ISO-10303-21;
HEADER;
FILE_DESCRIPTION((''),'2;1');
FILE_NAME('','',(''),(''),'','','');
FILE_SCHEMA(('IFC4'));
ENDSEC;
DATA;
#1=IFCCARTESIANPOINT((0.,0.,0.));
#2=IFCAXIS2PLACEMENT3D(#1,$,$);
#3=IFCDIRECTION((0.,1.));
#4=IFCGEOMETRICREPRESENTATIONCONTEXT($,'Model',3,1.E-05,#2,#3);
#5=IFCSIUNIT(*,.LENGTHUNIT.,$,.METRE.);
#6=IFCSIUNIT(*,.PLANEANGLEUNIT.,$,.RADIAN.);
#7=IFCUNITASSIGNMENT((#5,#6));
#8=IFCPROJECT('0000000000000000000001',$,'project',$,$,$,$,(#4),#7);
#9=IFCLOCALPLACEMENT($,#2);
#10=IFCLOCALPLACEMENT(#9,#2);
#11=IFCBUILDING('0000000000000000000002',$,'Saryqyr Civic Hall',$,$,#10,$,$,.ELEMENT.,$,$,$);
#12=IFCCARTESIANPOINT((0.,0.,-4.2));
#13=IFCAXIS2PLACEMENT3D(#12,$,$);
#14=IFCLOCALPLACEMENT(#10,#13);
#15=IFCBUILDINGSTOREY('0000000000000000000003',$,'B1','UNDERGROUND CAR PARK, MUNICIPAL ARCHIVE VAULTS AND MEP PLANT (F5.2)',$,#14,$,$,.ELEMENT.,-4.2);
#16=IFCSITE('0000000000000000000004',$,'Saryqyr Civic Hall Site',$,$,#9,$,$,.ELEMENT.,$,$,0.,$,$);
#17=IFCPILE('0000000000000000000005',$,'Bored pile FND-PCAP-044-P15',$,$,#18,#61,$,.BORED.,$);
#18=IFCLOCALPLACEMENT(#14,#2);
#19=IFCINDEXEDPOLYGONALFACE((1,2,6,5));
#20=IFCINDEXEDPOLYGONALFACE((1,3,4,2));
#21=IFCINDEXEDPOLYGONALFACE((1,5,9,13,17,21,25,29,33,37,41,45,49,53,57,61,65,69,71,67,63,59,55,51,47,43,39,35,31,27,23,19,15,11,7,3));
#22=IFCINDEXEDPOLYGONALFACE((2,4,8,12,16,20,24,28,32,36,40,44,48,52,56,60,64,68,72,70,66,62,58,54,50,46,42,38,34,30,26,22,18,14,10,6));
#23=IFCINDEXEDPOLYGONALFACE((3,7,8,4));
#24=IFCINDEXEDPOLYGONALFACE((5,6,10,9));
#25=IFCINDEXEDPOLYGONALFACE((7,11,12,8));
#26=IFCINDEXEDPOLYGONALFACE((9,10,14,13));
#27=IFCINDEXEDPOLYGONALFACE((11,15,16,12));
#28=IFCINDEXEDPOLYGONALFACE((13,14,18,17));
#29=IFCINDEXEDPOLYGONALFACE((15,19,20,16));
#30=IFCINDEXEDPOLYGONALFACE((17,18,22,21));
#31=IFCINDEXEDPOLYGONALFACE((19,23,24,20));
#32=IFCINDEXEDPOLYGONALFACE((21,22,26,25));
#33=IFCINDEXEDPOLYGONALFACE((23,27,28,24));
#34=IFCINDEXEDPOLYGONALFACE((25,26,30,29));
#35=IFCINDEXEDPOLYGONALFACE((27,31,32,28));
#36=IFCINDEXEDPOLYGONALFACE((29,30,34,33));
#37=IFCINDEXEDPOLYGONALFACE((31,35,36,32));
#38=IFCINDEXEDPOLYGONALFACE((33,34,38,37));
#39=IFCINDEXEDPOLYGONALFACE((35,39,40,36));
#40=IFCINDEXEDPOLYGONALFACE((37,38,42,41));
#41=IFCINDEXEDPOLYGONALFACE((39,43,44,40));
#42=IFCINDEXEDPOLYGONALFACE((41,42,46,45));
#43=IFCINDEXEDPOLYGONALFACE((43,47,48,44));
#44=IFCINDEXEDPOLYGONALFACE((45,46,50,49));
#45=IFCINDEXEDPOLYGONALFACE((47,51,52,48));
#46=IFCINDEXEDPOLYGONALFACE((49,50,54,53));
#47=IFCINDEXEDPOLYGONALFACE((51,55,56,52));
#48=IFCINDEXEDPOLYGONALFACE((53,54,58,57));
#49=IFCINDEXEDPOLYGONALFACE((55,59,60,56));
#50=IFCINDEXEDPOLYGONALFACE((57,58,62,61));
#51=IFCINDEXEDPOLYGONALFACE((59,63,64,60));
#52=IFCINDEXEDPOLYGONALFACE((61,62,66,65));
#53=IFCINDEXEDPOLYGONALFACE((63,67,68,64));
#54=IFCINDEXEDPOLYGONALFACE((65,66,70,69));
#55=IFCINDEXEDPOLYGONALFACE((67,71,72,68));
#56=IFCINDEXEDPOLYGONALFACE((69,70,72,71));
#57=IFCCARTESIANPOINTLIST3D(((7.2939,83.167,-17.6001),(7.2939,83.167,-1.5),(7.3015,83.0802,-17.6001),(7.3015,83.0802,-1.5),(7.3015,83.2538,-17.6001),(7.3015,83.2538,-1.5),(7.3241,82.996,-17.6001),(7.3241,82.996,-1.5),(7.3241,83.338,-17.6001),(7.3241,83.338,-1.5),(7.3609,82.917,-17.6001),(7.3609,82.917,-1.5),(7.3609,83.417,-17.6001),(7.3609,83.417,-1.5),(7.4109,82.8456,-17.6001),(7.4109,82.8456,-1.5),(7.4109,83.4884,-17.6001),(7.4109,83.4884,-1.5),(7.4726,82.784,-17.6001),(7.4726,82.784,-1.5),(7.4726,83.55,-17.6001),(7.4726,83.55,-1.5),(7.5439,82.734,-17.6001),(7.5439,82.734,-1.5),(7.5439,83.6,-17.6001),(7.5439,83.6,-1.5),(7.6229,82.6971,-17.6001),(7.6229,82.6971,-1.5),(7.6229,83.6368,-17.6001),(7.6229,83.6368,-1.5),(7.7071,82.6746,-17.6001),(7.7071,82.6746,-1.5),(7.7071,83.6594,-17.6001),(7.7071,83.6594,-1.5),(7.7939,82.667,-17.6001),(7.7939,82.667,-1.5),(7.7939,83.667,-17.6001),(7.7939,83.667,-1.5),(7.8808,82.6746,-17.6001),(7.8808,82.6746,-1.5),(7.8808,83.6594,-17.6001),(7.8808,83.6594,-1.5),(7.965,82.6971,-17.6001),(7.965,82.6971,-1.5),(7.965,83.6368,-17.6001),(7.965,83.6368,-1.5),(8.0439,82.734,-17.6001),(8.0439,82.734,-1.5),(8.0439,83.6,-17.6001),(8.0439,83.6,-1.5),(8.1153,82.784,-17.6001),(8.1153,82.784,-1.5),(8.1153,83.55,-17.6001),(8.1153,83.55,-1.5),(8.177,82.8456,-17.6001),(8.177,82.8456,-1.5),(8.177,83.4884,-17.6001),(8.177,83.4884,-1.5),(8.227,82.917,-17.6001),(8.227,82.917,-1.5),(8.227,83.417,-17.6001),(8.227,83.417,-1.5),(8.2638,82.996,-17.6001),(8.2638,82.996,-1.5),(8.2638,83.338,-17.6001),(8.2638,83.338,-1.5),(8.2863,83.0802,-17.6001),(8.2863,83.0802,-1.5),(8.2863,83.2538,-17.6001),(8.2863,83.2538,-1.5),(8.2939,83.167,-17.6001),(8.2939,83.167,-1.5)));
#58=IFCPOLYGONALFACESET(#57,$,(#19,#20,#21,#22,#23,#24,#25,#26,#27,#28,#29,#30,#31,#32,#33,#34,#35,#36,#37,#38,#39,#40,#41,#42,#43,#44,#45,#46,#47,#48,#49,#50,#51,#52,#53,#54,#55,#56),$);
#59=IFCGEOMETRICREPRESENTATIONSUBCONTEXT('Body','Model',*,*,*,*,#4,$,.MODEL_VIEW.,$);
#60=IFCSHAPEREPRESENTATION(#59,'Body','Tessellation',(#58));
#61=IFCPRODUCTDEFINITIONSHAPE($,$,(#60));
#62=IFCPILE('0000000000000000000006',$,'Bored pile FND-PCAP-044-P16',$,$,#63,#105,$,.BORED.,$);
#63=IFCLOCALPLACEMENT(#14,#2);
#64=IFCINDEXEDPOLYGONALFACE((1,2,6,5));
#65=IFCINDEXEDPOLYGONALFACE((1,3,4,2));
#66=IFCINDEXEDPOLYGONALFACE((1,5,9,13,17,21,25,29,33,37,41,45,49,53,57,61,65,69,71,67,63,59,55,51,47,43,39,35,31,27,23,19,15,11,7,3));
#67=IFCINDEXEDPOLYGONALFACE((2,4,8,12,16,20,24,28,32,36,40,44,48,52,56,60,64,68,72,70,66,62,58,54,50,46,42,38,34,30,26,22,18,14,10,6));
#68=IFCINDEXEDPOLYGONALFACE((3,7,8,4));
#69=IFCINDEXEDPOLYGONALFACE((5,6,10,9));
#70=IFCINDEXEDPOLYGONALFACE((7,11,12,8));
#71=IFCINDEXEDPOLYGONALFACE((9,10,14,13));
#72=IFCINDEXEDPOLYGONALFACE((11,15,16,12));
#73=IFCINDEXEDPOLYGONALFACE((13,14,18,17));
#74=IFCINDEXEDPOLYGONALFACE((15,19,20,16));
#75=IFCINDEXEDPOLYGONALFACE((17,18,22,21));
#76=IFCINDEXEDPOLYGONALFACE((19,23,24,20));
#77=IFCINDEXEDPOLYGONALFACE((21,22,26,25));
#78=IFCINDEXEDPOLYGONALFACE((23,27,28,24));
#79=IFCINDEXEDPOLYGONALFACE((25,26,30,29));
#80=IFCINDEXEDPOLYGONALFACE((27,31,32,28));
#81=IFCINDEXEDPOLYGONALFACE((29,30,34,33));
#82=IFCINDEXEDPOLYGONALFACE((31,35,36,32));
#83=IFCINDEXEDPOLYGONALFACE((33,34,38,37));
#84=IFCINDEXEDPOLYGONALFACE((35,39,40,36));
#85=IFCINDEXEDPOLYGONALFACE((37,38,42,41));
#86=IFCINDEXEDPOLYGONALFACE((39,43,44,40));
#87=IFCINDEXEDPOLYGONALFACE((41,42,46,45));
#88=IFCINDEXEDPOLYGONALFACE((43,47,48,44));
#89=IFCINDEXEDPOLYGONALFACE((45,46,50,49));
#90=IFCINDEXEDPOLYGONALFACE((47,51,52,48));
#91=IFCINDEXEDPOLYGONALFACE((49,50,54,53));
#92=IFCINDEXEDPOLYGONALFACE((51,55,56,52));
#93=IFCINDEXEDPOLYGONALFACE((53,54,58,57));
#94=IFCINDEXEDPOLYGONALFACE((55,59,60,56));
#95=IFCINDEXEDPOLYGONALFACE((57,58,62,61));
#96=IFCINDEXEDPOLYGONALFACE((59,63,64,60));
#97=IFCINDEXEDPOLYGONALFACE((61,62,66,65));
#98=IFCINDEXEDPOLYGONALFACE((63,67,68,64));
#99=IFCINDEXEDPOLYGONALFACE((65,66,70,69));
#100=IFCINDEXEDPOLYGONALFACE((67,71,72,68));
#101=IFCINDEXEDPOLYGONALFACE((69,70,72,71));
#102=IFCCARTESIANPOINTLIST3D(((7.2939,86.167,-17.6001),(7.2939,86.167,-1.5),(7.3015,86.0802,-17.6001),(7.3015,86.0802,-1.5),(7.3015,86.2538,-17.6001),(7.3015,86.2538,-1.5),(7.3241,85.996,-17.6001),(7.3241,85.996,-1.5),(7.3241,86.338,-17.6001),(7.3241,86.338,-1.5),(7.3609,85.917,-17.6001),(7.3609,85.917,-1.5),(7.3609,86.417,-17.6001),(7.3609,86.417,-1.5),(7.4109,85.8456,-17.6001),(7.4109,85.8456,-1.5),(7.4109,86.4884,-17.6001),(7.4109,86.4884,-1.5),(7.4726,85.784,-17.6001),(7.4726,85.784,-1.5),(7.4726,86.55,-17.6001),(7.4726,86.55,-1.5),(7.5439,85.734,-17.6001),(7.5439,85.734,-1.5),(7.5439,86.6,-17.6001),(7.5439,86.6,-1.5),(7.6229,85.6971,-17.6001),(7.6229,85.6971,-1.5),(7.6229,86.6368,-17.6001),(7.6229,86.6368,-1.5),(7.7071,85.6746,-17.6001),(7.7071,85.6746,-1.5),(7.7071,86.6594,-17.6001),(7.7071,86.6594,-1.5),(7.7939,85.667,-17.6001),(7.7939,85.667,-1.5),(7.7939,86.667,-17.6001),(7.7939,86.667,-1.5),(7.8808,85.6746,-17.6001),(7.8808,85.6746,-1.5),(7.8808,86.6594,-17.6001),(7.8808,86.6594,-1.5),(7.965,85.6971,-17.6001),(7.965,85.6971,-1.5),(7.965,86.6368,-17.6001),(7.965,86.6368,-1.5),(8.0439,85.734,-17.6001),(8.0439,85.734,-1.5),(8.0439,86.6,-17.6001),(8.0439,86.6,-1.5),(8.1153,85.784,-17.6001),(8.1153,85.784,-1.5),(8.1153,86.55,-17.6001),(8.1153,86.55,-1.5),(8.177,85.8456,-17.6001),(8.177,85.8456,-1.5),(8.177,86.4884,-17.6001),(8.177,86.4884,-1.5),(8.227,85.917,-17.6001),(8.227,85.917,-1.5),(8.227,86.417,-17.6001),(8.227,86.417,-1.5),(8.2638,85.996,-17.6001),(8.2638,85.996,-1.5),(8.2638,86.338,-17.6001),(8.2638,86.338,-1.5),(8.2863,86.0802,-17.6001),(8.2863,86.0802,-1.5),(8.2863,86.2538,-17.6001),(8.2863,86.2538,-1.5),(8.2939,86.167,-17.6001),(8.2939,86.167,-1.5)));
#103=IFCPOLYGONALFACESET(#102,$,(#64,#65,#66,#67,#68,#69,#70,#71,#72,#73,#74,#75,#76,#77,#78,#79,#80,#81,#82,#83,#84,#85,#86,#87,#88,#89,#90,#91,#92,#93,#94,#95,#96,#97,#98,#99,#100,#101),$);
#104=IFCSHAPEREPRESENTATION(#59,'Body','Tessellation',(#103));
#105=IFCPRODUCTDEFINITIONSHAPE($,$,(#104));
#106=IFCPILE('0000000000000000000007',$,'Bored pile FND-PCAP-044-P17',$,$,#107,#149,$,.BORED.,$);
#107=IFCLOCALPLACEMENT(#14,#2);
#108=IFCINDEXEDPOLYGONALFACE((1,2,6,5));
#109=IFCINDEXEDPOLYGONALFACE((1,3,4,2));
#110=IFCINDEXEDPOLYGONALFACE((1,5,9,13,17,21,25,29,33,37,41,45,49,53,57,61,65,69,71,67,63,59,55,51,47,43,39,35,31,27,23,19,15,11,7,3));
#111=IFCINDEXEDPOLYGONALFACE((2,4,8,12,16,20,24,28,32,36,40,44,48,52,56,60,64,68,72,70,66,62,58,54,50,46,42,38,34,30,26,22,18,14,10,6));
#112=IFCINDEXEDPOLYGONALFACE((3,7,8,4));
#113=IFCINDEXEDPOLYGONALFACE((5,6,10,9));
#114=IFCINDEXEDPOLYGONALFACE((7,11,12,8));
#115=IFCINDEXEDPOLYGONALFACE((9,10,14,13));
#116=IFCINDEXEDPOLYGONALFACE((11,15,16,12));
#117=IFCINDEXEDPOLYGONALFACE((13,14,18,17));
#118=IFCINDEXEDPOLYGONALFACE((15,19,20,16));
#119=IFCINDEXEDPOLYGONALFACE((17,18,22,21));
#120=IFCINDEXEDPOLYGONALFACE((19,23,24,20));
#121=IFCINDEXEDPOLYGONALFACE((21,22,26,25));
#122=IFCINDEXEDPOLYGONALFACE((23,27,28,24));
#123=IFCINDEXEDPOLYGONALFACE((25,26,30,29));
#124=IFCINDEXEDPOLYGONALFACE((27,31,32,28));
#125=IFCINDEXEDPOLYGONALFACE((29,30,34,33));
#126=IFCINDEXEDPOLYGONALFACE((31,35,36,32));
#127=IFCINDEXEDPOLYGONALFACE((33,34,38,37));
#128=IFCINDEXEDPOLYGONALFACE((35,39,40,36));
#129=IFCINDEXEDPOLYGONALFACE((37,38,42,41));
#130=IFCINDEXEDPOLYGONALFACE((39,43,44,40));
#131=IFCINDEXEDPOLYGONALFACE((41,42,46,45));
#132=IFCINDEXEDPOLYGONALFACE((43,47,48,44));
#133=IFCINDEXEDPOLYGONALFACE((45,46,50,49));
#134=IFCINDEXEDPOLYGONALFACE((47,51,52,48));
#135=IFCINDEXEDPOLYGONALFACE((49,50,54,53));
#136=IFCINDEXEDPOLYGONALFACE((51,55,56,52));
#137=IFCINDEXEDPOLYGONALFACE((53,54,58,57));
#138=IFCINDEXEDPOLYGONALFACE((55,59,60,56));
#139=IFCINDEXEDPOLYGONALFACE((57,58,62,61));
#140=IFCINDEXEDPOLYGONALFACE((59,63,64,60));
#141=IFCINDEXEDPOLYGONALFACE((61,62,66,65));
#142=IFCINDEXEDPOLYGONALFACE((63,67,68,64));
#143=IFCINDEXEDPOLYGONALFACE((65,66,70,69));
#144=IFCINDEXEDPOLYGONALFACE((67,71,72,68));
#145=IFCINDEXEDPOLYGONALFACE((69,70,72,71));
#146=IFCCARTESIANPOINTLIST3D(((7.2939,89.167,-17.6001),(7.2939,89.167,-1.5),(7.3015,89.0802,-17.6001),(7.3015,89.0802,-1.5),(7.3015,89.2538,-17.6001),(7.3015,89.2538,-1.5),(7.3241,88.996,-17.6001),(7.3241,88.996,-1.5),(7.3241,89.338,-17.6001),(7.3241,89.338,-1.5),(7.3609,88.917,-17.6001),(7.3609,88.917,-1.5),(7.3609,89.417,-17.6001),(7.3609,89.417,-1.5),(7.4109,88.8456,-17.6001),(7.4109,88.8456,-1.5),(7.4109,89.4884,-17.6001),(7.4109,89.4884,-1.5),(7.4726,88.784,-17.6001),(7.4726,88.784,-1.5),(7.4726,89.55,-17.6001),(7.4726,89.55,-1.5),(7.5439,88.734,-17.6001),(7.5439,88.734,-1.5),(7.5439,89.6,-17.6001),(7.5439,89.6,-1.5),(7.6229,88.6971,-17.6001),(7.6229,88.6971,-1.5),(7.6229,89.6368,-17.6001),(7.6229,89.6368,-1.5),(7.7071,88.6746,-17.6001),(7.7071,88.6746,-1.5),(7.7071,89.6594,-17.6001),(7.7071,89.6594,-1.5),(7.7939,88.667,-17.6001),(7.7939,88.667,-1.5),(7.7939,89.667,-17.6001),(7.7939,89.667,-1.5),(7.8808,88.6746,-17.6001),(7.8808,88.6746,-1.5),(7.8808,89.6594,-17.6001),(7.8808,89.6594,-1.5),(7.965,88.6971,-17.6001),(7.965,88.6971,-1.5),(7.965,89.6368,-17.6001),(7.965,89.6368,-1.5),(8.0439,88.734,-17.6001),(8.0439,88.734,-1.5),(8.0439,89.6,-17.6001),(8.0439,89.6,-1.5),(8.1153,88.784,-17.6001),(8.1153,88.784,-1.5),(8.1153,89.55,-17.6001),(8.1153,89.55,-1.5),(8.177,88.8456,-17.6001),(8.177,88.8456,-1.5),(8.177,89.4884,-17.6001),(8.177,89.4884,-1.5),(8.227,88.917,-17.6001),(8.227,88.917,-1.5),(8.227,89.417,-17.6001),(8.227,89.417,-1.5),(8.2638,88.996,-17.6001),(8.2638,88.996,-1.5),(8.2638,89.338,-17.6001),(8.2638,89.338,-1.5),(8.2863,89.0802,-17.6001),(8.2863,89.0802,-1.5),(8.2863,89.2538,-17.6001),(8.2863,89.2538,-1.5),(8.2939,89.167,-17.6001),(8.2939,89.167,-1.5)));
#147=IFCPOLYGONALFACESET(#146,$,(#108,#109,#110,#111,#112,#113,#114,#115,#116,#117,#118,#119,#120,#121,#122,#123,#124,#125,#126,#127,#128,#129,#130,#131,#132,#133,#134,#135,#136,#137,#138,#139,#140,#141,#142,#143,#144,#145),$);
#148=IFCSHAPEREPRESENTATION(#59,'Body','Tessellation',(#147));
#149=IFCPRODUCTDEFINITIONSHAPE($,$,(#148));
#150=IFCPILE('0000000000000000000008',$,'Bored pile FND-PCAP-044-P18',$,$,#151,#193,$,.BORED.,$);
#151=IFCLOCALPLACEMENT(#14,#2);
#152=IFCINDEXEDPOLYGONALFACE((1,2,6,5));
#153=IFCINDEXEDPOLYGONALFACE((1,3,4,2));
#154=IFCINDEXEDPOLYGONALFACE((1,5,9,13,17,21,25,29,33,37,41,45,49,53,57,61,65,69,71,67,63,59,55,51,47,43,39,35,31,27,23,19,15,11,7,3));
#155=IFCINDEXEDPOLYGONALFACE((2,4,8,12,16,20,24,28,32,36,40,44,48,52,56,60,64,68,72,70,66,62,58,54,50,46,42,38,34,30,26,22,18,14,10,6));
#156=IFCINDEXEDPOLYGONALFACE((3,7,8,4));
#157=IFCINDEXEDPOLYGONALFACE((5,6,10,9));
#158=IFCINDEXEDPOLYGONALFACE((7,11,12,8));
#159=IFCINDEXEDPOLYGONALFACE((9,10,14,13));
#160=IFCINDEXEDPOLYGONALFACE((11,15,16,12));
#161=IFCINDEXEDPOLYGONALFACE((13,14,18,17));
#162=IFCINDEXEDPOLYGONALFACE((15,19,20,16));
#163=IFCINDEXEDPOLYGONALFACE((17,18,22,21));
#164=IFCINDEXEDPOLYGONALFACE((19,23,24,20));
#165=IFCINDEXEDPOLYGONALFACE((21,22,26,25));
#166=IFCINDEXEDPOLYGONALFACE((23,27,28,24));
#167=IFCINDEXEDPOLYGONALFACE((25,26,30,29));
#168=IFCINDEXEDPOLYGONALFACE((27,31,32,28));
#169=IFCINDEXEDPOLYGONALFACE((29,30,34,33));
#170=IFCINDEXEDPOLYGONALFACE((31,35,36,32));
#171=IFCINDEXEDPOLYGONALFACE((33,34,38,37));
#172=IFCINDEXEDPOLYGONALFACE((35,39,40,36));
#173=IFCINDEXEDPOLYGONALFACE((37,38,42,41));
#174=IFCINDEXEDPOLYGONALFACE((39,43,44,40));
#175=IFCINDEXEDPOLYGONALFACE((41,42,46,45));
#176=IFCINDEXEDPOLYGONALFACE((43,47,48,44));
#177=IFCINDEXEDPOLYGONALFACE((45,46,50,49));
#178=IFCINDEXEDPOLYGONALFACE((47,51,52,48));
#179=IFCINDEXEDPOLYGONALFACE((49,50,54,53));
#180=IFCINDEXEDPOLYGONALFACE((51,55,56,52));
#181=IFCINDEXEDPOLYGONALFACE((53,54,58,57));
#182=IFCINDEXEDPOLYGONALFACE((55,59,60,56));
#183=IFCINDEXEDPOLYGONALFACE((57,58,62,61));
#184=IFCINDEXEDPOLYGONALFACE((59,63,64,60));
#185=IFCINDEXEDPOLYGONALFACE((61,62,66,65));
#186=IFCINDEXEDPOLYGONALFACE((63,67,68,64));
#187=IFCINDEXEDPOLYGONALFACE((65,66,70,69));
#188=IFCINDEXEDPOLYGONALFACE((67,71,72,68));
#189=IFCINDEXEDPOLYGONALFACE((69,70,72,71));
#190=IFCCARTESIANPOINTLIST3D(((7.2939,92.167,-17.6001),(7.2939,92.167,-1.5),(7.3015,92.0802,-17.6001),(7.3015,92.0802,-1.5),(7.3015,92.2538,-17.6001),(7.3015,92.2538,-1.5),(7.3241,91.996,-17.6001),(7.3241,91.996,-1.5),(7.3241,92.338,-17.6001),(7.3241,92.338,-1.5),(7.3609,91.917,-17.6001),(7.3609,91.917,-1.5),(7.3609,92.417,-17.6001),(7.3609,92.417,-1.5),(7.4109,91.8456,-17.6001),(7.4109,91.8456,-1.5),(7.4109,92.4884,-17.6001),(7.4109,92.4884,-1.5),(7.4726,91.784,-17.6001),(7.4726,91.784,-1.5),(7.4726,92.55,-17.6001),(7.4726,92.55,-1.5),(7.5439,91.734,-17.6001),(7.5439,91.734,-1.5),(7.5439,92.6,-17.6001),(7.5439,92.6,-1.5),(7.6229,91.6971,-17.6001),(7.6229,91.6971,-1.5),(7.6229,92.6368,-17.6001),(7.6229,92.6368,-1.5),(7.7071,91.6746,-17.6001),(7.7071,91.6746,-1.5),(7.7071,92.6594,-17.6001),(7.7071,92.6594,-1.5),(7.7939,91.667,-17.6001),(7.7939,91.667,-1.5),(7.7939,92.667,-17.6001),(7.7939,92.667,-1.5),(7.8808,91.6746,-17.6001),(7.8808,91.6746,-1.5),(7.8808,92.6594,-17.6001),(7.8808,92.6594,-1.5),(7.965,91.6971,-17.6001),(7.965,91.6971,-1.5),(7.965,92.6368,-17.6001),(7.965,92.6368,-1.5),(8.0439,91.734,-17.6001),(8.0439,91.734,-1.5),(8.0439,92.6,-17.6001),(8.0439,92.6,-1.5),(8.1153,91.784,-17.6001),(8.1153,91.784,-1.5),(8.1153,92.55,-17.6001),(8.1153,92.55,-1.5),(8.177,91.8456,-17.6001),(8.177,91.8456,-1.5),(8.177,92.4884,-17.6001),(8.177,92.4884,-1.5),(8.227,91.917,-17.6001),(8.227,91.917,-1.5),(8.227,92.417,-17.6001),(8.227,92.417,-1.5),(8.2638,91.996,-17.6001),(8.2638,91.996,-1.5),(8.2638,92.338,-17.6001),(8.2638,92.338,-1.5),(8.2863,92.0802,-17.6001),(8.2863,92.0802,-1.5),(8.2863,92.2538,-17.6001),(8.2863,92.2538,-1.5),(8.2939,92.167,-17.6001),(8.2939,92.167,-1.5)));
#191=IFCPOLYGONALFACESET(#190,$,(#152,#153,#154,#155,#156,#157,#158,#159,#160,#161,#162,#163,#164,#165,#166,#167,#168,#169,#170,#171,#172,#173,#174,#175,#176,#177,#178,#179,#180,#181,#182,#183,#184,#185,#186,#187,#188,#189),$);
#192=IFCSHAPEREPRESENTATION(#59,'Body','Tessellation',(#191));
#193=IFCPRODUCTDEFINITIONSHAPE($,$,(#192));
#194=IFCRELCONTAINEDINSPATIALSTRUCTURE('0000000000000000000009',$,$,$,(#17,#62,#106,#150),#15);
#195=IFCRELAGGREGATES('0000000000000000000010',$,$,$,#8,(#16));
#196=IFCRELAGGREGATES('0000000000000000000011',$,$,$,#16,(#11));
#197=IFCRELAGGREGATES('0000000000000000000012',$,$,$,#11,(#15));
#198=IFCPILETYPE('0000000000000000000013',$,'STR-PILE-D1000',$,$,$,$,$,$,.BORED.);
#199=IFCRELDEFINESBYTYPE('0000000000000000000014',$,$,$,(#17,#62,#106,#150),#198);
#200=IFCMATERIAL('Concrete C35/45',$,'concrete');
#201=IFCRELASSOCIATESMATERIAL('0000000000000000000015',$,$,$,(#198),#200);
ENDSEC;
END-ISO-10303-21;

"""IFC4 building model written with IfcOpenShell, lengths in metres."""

from ifc_helpers import new_model, si_unit, direction, frame, origin, origin_2d, place, context, subcontext, project, spatial, circle, extrude, material, material_profile, profile_set, type_object, element, save


model = new_model("IFC4")

# Units and contexts
model_context = context("Model", 3, precision=1e-05, world=origin(), true_north=direction((0.0, 1.0)))
body_context = subcontext(model_context, "Body", "Model", "MODEL_VIEW")
ifc_project = project(units=[si_unit("LENGTHUNIT", "METRE"), si_unit("PLANEANGLEUNIT", "RADIAN")], contexts=[model_context])

# Site, building, storey
site_placement = place(None, origin())
site = spatial("IfcSite", under=ifc_project, at=site_placement, Name="Saryqyr Civic Hall Site", CompositionType="ELEMENT", RefElevation=0.0)
building_placement = place(site_placement, origin())
building = spatial("IfcBuilding", under=site, at=building_placement, Name="Saryqyr Civic Hall", CompositionType="ELEMENT")
storey_placement = place(building_placement, frame((0.0, 0.0, -4.2)))
storey = spatial("IfcBuildingStorey", under=building, at=storey_placement, Name="B1", Description="UNDERGROUND CAR PARK, MUNICIPAL ARCHIVE VAULTS AND MEP PLANT (F5.2)", CompositionType="ELEMENT", Elevation=-4.2)

# Piles
ifc_material_1 = material(Name="Concrete C35/45", Category="concrete")
ifc_material_profile_1 = material_profile(ifc_material_1, circle(Radius=0.5, at=origin_2d()), Name="BORED PILE D1000")
ifc_profile_set_1 = profile_set([ifc_material_profile_1], Name="Concrete C35/45")
pile_type = type_object("IfcPileType", Name="STR-PILE-D1000", PredefinedType="BORED", material=ifc_profile_set_1)
for number, where, z_axis, x_axis, name in (
    (1, (7.7939, 83.167, -1.5), (0.0, 0.0, -1.0), (1.0, 0.0, 0.0), "Bored pile FND-PCAP-044-P15"),
    (2, (7.7939, 86.167, -1.5), (0.0, 0.0, -1.0), (1.0, 0.0, 0.0), "Bored pile FND-PCAP-044-P16"),
    (3, (7.7939, 89.167, -1.5), (0.0, 0.0, -1.0), (1.0, 0.0, 0.0), "Bored pile FND-PCAP-044-P17"),
    (4, (7.7939, 92.167, -1.5), (0.0, 0.0, -1.0), (1.0, 0.0, 0.0), "Bored pile FND-PCAP-044-P18"),
):
    element("IfcPile", number, at=place(storey_placement, frame(where, z_axis=z_axis, x_axis=x_axis)), inside=storey, type_object=pile_type, Name=name, PredefinedType="BORED", context=body_context, shape_type="SweptSolid", body=[
        extrude(circle(Radius=0.5, at=origin_2d()), origin(), (0.0, 0.0, 1.0), 16.1001),
    ])

save(model, "model.ifc")
